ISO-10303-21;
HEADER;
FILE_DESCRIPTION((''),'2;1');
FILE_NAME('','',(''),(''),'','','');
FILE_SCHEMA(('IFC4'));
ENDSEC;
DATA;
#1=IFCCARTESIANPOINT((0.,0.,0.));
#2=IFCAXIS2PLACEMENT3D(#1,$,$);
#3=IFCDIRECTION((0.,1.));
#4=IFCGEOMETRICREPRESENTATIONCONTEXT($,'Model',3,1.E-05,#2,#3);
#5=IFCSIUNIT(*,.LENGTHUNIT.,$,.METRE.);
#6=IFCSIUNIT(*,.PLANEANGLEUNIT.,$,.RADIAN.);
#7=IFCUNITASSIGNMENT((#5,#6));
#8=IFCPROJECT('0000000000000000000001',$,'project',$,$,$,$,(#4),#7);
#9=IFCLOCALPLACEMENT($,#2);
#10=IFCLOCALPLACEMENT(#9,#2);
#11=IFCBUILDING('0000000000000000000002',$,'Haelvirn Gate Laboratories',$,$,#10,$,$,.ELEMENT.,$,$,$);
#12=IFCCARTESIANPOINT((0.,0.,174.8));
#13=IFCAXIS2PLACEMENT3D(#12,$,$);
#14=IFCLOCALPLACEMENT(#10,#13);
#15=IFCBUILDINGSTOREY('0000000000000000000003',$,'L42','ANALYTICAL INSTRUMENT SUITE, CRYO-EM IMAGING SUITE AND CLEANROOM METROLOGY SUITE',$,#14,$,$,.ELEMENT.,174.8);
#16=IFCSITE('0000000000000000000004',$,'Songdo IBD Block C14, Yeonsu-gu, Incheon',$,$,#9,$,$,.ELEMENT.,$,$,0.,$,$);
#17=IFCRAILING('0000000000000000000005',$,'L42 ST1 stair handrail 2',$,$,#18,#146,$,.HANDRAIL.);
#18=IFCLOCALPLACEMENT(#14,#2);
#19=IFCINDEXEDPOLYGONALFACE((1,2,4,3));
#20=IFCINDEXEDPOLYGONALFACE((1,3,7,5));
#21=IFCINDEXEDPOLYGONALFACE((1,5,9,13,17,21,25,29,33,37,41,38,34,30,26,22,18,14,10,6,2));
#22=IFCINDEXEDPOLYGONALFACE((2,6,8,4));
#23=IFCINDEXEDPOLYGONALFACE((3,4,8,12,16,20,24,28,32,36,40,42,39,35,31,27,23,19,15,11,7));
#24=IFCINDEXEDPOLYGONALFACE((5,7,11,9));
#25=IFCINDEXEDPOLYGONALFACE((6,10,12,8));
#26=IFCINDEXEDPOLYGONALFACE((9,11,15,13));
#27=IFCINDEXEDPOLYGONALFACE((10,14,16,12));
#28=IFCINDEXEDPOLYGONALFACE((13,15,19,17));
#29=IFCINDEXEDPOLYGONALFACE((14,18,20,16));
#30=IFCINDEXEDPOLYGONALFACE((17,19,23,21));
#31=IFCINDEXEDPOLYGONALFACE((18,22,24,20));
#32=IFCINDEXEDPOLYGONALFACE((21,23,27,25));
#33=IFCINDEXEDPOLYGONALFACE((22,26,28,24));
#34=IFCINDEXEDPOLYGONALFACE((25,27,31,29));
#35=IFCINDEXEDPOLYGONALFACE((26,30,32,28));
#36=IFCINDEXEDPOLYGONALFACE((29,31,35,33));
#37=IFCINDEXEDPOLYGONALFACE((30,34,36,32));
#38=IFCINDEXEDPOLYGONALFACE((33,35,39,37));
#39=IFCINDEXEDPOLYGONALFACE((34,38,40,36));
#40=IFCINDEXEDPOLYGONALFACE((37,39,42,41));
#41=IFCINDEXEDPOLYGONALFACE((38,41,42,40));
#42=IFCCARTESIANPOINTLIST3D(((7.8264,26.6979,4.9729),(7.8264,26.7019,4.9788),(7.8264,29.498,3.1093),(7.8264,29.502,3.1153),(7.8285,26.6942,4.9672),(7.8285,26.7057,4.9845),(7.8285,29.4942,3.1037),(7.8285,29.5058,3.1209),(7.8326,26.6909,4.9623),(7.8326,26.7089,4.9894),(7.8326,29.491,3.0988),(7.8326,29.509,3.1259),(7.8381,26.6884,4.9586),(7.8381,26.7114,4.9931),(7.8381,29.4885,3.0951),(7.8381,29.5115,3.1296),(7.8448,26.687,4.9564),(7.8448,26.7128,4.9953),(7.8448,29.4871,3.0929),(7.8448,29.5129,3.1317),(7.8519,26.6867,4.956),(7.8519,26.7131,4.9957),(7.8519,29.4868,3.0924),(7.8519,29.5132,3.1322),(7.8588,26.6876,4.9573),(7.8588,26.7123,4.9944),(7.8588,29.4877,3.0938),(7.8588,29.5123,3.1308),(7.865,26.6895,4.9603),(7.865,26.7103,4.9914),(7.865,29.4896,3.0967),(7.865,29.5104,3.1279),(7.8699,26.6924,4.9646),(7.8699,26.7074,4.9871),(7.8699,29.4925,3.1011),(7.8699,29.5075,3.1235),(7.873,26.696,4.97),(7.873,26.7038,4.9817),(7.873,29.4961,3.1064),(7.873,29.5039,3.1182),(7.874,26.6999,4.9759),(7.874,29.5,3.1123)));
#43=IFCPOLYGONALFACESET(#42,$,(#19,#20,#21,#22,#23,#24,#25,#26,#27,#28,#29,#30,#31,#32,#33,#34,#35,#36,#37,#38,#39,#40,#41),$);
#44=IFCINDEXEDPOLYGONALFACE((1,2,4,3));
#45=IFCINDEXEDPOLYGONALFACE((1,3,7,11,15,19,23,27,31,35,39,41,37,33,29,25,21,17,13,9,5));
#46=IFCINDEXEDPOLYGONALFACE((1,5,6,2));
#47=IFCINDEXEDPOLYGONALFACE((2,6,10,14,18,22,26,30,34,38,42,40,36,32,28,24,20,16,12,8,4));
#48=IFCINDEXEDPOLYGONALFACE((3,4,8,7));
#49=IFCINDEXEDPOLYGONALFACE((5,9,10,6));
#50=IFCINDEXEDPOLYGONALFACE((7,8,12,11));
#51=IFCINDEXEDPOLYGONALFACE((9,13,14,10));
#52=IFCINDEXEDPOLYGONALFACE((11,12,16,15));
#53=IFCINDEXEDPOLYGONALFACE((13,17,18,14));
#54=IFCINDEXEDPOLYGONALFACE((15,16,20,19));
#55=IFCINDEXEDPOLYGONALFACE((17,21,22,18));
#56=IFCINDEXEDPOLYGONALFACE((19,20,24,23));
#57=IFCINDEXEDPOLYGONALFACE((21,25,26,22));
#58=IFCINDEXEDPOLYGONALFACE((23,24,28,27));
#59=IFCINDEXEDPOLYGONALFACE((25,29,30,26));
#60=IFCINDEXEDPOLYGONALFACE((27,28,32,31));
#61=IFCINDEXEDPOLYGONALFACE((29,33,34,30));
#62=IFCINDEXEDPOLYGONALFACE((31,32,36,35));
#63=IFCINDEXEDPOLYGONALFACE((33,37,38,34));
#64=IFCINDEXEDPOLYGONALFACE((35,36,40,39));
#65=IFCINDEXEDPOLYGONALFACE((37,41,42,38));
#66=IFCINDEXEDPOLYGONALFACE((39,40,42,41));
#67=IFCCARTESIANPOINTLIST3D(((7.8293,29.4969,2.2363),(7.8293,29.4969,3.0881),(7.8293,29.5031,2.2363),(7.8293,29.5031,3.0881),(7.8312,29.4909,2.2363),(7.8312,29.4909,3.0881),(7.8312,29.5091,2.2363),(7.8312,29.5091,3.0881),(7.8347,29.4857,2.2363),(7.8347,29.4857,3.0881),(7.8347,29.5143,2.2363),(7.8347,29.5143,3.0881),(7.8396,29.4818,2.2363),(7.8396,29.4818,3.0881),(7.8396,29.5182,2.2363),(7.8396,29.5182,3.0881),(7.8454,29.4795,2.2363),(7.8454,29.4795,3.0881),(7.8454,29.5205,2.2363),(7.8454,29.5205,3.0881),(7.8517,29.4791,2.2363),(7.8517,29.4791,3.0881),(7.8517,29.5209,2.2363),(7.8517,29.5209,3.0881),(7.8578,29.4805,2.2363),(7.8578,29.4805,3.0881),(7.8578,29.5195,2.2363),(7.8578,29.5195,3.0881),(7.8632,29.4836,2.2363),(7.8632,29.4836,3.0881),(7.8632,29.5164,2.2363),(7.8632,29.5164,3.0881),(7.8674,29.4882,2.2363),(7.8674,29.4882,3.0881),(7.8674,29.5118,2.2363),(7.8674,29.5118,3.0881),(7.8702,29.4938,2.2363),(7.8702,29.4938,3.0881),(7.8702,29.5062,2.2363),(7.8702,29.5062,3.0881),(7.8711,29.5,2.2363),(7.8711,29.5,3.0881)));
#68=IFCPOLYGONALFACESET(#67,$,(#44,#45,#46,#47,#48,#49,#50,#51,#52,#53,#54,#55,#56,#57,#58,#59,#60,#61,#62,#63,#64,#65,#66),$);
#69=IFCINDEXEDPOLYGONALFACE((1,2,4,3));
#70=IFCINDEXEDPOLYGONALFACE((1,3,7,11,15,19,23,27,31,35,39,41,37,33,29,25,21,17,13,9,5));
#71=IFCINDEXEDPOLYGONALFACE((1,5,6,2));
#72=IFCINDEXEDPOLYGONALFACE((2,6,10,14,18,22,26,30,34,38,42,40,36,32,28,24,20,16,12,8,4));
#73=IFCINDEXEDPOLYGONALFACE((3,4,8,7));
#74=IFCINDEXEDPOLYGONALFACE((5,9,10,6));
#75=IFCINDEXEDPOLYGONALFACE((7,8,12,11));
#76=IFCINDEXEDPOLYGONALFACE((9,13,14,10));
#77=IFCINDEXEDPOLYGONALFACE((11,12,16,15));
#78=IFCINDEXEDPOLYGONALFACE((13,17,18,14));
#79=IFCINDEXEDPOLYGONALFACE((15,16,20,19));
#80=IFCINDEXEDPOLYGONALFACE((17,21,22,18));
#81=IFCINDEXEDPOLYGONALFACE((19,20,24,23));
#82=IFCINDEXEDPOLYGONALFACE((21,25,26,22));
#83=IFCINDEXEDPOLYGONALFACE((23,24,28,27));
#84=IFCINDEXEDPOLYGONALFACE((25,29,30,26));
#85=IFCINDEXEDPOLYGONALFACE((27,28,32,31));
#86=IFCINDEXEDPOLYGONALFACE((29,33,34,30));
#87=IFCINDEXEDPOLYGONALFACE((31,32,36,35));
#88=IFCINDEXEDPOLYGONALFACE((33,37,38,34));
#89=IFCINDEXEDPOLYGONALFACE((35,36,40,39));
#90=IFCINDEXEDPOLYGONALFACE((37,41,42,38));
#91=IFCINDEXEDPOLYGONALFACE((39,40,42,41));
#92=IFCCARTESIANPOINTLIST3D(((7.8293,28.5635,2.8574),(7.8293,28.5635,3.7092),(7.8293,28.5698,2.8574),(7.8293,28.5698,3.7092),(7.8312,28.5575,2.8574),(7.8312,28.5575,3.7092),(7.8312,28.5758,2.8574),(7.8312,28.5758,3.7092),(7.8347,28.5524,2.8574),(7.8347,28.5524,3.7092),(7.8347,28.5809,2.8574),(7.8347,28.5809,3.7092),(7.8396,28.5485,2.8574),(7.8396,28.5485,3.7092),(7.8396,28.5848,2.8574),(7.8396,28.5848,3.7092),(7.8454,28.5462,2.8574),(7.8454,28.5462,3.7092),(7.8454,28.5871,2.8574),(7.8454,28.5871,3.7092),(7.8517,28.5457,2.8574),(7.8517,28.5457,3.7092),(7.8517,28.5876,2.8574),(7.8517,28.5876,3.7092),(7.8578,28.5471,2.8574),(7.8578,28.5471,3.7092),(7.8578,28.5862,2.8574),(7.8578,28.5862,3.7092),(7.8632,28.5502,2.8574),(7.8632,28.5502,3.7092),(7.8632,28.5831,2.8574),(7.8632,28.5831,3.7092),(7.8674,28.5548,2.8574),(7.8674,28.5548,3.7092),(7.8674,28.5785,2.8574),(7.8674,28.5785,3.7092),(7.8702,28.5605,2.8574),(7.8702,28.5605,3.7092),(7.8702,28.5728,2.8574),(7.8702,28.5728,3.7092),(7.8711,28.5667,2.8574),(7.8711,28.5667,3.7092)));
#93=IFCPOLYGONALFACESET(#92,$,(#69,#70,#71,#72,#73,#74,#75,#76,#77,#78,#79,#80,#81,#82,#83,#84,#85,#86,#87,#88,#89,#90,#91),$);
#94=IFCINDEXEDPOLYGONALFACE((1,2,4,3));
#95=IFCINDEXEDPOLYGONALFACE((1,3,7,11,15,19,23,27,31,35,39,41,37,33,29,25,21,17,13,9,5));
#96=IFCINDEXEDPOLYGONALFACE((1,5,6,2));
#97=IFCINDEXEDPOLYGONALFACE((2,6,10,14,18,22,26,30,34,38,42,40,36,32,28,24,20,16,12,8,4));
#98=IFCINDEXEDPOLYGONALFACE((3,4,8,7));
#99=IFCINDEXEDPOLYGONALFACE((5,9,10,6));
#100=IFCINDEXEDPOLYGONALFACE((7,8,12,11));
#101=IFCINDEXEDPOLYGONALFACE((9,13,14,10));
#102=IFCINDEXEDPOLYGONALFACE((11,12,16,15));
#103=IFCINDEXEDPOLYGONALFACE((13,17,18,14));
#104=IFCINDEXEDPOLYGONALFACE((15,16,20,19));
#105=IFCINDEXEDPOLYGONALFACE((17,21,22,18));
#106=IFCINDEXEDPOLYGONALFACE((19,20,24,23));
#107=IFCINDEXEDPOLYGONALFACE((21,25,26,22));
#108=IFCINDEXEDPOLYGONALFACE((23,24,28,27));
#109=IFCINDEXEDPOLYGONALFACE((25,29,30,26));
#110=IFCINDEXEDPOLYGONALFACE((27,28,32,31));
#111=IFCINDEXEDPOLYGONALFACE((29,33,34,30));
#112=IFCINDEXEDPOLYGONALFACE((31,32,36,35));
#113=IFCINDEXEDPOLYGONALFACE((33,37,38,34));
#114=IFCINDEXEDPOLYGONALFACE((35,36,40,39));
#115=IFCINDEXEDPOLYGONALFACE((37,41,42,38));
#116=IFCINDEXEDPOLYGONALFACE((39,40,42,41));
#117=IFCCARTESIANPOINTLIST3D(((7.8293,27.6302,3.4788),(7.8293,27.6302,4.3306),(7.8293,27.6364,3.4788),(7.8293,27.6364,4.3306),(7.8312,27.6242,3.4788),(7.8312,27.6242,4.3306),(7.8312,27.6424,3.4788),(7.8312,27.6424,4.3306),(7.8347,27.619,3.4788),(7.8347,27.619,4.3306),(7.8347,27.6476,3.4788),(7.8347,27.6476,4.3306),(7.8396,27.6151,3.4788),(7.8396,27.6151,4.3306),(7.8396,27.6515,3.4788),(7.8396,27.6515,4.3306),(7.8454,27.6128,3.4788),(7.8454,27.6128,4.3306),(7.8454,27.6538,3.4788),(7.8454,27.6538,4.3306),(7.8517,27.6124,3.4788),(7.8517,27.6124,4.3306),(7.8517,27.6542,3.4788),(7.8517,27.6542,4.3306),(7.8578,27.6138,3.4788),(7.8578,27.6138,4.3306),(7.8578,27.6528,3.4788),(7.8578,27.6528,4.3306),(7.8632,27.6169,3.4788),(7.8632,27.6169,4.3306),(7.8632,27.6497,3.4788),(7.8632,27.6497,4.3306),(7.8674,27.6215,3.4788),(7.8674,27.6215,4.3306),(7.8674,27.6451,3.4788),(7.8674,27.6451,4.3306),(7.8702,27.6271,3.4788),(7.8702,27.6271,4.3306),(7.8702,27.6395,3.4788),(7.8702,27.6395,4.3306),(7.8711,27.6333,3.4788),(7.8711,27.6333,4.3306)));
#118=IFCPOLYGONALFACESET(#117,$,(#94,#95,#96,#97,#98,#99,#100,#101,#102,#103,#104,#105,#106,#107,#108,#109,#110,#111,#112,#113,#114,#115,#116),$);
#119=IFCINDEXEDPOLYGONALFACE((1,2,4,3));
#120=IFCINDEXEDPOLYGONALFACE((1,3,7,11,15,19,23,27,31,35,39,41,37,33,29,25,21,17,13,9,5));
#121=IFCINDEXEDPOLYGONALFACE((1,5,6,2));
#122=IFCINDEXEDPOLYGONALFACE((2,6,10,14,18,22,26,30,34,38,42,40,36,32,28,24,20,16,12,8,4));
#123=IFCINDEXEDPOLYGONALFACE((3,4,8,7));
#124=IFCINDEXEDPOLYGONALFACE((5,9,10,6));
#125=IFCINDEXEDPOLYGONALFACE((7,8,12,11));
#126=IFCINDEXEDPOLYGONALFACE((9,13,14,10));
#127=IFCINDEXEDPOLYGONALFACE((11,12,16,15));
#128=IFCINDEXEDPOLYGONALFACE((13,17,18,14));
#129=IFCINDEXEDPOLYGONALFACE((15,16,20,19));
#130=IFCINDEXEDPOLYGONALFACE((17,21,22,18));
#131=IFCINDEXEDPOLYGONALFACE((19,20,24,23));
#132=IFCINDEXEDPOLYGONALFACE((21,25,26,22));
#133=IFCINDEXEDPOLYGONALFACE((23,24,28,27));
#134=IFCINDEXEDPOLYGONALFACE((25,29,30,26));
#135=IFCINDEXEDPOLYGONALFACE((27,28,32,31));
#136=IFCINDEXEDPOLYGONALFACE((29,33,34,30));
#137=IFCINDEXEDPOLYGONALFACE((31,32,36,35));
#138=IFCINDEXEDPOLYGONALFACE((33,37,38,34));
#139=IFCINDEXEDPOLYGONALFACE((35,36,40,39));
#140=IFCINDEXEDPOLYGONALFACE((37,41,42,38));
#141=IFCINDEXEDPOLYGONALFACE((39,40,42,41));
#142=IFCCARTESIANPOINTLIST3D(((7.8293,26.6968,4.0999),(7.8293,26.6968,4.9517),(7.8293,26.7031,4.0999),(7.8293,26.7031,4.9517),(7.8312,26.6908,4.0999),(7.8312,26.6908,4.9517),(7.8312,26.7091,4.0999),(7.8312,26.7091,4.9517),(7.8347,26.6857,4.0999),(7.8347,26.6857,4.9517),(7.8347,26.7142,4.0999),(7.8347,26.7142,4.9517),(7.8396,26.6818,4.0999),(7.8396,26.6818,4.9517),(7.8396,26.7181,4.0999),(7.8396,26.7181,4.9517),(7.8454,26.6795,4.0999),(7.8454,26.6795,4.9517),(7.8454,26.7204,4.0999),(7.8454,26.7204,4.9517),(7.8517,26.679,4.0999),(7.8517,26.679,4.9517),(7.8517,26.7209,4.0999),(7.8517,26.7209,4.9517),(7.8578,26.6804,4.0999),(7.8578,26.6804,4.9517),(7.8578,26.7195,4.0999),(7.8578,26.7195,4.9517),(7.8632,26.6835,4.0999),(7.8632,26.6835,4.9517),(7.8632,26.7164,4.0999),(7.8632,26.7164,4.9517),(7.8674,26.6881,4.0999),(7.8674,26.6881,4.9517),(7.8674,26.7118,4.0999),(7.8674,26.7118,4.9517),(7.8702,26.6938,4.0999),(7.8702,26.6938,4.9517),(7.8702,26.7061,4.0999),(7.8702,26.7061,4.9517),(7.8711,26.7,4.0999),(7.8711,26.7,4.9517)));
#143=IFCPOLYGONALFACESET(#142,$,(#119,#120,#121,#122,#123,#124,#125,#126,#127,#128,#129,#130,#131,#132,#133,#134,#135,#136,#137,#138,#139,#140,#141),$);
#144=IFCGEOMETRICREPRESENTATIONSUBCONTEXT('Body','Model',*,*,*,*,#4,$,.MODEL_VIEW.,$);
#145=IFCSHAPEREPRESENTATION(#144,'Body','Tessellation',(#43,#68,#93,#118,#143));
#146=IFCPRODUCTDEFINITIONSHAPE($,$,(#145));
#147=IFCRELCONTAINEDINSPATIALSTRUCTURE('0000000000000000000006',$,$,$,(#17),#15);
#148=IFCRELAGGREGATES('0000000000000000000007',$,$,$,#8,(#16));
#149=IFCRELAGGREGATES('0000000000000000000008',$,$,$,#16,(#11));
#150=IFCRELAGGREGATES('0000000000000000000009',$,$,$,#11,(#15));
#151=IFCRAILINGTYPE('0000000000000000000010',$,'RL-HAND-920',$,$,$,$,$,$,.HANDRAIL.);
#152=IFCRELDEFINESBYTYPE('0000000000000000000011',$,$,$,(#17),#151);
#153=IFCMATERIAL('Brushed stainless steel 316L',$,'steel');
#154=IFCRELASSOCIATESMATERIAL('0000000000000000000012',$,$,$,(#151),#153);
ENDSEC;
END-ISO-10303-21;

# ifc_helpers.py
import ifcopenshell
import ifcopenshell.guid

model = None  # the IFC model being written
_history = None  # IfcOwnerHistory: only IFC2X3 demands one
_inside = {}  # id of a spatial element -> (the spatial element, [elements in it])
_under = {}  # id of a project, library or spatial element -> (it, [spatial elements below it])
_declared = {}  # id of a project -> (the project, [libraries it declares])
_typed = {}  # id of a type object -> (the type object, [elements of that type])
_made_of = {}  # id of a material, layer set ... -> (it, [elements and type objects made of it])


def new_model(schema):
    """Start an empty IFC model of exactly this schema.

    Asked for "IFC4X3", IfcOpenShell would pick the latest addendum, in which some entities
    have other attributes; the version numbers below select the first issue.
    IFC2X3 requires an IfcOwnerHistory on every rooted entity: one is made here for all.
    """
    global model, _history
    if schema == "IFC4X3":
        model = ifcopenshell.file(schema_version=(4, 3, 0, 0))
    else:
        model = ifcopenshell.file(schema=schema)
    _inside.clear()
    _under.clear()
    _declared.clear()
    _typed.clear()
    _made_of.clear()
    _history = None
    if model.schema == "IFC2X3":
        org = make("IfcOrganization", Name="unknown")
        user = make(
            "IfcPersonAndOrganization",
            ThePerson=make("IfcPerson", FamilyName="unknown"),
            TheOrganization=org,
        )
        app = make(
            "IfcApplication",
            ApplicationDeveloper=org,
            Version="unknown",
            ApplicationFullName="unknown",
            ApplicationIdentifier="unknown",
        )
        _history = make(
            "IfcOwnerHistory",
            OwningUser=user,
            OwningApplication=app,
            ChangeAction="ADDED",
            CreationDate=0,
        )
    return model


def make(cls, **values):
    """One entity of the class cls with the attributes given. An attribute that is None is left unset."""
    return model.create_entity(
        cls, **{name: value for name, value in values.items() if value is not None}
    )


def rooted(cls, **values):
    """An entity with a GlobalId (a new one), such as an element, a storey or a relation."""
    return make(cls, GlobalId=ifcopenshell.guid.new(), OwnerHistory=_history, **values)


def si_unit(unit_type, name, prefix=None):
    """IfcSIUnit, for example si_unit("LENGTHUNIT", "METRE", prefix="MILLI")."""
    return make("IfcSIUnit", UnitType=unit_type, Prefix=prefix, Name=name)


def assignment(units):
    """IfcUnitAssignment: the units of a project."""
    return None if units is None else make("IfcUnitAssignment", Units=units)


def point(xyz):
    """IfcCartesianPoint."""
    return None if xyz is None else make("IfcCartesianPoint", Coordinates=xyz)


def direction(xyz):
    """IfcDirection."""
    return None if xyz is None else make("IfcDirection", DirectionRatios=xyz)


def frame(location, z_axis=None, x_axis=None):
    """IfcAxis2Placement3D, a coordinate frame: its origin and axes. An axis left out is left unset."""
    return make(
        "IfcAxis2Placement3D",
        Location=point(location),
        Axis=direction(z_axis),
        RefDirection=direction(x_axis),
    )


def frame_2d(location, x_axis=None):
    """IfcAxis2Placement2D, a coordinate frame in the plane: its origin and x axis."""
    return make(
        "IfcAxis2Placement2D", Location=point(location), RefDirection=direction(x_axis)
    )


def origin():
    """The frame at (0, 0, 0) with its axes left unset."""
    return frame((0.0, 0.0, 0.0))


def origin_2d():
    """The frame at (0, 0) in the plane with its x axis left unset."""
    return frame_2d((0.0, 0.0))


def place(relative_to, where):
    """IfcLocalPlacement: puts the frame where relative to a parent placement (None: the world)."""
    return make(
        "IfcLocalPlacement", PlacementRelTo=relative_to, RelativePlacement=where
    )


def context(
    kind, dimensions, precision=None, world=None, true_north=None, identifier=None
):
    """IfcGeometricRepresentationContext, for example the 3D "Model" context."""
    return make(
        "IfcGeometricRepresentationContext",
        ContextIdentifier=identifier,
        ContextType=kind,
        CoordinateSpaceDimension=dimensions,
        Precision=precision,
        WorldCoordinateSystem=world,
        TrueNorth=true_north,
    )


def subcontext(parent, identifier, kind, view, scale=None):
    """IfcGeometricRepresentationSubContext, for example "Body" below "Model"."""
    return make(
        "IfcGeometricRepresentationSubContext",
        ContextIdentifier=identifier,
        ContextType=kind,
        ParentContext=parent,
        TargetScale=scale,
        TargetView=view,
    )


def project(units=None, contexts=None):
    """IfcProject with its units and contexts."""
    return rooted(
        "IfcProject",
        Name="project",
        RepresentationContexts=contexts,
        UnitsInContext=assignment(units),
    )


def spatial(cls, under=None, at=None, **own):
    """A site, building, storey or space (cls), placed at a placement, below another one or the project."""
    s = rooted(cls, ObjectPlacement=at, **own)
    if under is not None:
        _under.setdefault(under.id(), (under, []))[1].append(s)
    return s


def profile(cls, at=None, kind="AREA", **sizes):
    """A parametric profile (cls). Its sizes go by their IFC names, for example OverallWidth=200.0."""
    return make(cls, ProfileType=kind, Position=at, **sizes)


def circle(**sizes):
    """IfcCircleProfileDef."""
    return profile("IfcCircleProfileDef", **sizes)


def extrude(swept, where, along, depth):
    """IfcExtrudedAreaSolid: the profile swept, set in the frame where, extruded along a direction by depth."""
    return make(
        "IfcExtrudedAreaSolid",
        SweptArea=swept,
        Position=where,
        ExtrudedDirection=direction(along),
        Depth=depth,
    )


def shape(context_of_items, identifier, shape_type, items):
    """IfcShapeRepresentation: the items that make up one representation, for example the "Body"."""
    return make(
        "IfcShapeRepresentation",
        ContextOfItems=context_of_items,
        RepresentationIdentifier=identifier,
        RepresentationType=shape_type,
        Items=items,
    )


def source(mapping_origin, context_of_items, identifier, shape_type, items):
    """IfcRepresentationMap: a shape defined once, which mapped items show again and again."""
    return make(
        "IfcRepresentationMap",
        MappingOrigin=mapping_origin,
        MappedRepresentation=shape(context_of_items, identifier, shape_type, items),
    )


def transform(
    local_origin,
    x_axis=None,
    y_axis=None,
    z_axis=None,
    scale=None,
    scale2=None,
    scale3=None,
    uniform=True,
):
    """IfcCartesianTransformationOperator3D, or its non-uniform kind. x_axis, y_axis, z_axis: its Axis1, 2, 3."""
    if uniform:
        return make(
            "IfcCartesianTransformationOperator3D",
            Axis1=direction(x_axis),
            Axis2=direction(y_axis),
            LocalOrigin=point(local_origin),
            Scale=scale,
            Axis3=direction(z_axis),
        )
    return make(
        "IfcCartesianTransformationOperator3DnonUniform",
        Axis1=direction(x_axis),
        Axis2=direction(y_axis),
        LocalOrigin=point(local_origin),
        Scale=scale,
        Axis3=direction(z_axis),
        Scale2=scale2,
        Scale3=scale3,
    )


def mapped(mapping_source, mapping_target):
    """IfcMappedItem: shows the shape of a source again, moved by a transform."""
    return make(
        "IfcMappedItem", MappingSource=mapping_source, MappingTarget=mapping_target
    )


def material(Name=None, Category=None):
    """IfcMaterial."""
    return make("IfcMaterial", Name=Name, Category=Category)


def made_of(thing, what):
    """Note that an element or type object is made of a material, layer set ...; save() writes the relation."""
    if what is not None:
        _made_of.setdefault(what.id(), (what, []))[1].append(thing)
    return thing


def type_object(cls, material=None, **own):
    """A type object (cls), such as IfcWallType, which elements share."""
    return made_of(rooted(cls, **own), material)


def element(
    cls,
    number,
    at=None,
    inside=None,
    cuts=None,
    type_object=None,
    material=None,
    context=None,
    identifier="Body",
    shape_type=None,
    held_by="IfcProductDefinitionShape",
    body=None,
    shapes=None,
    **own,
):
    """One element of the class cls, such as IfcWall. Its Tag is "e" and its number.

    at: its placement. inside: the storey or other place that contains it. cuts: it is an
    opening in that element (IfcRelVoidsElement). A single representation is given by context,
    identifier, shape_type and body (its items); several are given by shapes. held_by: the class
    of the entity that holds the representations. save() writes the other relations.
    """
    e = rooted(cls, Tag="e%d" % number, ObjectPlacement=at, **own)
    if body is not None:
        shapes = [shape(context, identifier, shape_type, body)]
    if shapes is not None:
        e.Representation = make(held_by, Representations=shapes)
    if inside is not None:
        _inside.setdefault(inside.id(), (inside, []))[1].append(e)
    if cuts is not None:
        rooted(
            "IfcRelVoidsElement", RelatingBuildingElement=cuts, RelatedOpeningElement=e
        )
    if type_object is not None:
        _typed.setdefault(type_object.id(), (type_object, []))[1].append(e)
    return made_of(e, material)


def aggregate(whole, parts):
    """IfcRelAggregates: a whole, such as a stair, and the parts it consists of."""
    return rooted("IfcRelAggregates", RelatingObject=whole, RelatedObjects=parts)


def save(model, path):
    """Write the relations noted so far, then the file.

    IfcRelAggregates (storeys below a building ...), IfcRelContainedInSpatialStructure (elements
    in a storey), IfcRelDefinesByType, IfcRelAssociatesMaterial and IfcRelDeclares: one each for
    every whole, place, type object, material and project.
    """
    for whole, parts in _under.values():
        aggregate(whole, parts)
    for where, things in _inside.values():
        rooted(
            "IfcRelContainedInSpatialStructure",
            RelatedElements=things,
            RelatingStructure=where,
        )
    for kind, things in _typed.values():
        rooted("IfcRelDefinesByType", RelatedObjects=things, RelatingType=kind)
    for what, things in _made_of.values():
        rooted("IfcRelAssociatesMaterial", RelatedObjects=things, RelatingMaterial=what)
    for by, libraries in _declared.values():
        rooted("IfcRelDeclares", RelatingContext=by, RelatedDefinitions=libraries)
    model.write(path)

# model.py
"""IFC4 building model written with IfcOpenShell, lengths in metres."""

from ifc_helpers import new_model, si_unit, direction, frame, origin, origin_2d, place, context, subcontext, project, spatial, circle, extrude, source, transform, mapped, material, type_object, element, save


model = new_model("IFC4")

# Units and contexts
model_context = context("Model", 3, precision=1e-05, world=origin(), true_north=direction((0.0, 1.0)))
body_context = subcontext(model_context, "Body", "Model", "MODEL_VIEW")
ifc_project = project(units=[si_unit("LENGTHUNIT", "METRE"), si_unit("PLANEANGLEUNIT", "RADIAN")], contexts=[model_context])

# Site, building, storey
site_placement = place(None, origin())
site = spatial("IfcSite", under=ifc_project, at=site_placement, Name="Songdo IBD Block C14, Yeonsu-gu, Incheon", CompositionType="ELEMENT", RefElevation=0.0)
building_placement = place(site_placement, origin())
building = spatial("IfcBuilding", under=site, at=building_placement, Name="Haelvirn Gate Laboratories", CompositionType="ELEMENT")
storey_placement = place(building_placement, frame((0.0, 0.0, 174.8)))
storey = spatial("IfcBuildingStorey", under=building, at=storey_placement, Name="L42", Description="ANALYTICAL INSTRUMENT SUITE, CRYO-EM IMAGING SUITE AND CLEANROOM METROLOGY SUITE", CompositionType="ELEMENT", Elevation=174.8)

# Railing
ifc_material_1 = material(Name="Brushed stainless steel 316L", Category="steel")
railing_type_1 = type_object("IfcRailingType", Name="RL-HAND-920", PredefinedType="HANDRAIL", material=ifc_material_1)
shared_shape_1 = source(origin(), body_context, "Body", "SweptSolid", [
    extrude(circle(Radius=0.0239, at=origin_2d()), frame((0.0, 0.0, 0.876), z_axis=(0.0, -0.832486, 0.554047), x_axis=(1.0, 0.0, 0.0)), (0.0, 0.0, 1.0), 3.3635),
    extrude(circle(Radius=0.021, at=origin_2d()), origin(), (0.0, 0.0, 1.0), 0.8518),
    extrude(circle(Radius=0.021, at=origin_2d()), frame((0.0, -0.9333, 0.6211)), (0.0, 0.0, 1.0), 0.8518),
    extrude(circle(Radius=0.021, at=origin_2d()), frame((0.0, -1.8667, 1.2424)), (0.0, 0.0, 1.0), 0.8518),
    extrude(circle(Radius=0.021, at=origin_2d()), frame((0.0, -2.8, 1.8635)), (0.0, 0.0, 1.0), 0.8518),
])
railing_1_placement = place(storey_placement, frame((7.8501, 29.5, 2.2363)))
element("IfcRailing", 1, at=railing_1_placement, inside=storey, type_object=railing_type_1, Name="L42 ST1 stair handrail 2", PredefinedType="HANDRAIL", context=body_context, shape_type="MappedRepresentation", body=[
    mapped(shared_shape_1, transform((0.0, 0.0, 0.0), scale=1.0)),
])

save(model, "model.ifc")
